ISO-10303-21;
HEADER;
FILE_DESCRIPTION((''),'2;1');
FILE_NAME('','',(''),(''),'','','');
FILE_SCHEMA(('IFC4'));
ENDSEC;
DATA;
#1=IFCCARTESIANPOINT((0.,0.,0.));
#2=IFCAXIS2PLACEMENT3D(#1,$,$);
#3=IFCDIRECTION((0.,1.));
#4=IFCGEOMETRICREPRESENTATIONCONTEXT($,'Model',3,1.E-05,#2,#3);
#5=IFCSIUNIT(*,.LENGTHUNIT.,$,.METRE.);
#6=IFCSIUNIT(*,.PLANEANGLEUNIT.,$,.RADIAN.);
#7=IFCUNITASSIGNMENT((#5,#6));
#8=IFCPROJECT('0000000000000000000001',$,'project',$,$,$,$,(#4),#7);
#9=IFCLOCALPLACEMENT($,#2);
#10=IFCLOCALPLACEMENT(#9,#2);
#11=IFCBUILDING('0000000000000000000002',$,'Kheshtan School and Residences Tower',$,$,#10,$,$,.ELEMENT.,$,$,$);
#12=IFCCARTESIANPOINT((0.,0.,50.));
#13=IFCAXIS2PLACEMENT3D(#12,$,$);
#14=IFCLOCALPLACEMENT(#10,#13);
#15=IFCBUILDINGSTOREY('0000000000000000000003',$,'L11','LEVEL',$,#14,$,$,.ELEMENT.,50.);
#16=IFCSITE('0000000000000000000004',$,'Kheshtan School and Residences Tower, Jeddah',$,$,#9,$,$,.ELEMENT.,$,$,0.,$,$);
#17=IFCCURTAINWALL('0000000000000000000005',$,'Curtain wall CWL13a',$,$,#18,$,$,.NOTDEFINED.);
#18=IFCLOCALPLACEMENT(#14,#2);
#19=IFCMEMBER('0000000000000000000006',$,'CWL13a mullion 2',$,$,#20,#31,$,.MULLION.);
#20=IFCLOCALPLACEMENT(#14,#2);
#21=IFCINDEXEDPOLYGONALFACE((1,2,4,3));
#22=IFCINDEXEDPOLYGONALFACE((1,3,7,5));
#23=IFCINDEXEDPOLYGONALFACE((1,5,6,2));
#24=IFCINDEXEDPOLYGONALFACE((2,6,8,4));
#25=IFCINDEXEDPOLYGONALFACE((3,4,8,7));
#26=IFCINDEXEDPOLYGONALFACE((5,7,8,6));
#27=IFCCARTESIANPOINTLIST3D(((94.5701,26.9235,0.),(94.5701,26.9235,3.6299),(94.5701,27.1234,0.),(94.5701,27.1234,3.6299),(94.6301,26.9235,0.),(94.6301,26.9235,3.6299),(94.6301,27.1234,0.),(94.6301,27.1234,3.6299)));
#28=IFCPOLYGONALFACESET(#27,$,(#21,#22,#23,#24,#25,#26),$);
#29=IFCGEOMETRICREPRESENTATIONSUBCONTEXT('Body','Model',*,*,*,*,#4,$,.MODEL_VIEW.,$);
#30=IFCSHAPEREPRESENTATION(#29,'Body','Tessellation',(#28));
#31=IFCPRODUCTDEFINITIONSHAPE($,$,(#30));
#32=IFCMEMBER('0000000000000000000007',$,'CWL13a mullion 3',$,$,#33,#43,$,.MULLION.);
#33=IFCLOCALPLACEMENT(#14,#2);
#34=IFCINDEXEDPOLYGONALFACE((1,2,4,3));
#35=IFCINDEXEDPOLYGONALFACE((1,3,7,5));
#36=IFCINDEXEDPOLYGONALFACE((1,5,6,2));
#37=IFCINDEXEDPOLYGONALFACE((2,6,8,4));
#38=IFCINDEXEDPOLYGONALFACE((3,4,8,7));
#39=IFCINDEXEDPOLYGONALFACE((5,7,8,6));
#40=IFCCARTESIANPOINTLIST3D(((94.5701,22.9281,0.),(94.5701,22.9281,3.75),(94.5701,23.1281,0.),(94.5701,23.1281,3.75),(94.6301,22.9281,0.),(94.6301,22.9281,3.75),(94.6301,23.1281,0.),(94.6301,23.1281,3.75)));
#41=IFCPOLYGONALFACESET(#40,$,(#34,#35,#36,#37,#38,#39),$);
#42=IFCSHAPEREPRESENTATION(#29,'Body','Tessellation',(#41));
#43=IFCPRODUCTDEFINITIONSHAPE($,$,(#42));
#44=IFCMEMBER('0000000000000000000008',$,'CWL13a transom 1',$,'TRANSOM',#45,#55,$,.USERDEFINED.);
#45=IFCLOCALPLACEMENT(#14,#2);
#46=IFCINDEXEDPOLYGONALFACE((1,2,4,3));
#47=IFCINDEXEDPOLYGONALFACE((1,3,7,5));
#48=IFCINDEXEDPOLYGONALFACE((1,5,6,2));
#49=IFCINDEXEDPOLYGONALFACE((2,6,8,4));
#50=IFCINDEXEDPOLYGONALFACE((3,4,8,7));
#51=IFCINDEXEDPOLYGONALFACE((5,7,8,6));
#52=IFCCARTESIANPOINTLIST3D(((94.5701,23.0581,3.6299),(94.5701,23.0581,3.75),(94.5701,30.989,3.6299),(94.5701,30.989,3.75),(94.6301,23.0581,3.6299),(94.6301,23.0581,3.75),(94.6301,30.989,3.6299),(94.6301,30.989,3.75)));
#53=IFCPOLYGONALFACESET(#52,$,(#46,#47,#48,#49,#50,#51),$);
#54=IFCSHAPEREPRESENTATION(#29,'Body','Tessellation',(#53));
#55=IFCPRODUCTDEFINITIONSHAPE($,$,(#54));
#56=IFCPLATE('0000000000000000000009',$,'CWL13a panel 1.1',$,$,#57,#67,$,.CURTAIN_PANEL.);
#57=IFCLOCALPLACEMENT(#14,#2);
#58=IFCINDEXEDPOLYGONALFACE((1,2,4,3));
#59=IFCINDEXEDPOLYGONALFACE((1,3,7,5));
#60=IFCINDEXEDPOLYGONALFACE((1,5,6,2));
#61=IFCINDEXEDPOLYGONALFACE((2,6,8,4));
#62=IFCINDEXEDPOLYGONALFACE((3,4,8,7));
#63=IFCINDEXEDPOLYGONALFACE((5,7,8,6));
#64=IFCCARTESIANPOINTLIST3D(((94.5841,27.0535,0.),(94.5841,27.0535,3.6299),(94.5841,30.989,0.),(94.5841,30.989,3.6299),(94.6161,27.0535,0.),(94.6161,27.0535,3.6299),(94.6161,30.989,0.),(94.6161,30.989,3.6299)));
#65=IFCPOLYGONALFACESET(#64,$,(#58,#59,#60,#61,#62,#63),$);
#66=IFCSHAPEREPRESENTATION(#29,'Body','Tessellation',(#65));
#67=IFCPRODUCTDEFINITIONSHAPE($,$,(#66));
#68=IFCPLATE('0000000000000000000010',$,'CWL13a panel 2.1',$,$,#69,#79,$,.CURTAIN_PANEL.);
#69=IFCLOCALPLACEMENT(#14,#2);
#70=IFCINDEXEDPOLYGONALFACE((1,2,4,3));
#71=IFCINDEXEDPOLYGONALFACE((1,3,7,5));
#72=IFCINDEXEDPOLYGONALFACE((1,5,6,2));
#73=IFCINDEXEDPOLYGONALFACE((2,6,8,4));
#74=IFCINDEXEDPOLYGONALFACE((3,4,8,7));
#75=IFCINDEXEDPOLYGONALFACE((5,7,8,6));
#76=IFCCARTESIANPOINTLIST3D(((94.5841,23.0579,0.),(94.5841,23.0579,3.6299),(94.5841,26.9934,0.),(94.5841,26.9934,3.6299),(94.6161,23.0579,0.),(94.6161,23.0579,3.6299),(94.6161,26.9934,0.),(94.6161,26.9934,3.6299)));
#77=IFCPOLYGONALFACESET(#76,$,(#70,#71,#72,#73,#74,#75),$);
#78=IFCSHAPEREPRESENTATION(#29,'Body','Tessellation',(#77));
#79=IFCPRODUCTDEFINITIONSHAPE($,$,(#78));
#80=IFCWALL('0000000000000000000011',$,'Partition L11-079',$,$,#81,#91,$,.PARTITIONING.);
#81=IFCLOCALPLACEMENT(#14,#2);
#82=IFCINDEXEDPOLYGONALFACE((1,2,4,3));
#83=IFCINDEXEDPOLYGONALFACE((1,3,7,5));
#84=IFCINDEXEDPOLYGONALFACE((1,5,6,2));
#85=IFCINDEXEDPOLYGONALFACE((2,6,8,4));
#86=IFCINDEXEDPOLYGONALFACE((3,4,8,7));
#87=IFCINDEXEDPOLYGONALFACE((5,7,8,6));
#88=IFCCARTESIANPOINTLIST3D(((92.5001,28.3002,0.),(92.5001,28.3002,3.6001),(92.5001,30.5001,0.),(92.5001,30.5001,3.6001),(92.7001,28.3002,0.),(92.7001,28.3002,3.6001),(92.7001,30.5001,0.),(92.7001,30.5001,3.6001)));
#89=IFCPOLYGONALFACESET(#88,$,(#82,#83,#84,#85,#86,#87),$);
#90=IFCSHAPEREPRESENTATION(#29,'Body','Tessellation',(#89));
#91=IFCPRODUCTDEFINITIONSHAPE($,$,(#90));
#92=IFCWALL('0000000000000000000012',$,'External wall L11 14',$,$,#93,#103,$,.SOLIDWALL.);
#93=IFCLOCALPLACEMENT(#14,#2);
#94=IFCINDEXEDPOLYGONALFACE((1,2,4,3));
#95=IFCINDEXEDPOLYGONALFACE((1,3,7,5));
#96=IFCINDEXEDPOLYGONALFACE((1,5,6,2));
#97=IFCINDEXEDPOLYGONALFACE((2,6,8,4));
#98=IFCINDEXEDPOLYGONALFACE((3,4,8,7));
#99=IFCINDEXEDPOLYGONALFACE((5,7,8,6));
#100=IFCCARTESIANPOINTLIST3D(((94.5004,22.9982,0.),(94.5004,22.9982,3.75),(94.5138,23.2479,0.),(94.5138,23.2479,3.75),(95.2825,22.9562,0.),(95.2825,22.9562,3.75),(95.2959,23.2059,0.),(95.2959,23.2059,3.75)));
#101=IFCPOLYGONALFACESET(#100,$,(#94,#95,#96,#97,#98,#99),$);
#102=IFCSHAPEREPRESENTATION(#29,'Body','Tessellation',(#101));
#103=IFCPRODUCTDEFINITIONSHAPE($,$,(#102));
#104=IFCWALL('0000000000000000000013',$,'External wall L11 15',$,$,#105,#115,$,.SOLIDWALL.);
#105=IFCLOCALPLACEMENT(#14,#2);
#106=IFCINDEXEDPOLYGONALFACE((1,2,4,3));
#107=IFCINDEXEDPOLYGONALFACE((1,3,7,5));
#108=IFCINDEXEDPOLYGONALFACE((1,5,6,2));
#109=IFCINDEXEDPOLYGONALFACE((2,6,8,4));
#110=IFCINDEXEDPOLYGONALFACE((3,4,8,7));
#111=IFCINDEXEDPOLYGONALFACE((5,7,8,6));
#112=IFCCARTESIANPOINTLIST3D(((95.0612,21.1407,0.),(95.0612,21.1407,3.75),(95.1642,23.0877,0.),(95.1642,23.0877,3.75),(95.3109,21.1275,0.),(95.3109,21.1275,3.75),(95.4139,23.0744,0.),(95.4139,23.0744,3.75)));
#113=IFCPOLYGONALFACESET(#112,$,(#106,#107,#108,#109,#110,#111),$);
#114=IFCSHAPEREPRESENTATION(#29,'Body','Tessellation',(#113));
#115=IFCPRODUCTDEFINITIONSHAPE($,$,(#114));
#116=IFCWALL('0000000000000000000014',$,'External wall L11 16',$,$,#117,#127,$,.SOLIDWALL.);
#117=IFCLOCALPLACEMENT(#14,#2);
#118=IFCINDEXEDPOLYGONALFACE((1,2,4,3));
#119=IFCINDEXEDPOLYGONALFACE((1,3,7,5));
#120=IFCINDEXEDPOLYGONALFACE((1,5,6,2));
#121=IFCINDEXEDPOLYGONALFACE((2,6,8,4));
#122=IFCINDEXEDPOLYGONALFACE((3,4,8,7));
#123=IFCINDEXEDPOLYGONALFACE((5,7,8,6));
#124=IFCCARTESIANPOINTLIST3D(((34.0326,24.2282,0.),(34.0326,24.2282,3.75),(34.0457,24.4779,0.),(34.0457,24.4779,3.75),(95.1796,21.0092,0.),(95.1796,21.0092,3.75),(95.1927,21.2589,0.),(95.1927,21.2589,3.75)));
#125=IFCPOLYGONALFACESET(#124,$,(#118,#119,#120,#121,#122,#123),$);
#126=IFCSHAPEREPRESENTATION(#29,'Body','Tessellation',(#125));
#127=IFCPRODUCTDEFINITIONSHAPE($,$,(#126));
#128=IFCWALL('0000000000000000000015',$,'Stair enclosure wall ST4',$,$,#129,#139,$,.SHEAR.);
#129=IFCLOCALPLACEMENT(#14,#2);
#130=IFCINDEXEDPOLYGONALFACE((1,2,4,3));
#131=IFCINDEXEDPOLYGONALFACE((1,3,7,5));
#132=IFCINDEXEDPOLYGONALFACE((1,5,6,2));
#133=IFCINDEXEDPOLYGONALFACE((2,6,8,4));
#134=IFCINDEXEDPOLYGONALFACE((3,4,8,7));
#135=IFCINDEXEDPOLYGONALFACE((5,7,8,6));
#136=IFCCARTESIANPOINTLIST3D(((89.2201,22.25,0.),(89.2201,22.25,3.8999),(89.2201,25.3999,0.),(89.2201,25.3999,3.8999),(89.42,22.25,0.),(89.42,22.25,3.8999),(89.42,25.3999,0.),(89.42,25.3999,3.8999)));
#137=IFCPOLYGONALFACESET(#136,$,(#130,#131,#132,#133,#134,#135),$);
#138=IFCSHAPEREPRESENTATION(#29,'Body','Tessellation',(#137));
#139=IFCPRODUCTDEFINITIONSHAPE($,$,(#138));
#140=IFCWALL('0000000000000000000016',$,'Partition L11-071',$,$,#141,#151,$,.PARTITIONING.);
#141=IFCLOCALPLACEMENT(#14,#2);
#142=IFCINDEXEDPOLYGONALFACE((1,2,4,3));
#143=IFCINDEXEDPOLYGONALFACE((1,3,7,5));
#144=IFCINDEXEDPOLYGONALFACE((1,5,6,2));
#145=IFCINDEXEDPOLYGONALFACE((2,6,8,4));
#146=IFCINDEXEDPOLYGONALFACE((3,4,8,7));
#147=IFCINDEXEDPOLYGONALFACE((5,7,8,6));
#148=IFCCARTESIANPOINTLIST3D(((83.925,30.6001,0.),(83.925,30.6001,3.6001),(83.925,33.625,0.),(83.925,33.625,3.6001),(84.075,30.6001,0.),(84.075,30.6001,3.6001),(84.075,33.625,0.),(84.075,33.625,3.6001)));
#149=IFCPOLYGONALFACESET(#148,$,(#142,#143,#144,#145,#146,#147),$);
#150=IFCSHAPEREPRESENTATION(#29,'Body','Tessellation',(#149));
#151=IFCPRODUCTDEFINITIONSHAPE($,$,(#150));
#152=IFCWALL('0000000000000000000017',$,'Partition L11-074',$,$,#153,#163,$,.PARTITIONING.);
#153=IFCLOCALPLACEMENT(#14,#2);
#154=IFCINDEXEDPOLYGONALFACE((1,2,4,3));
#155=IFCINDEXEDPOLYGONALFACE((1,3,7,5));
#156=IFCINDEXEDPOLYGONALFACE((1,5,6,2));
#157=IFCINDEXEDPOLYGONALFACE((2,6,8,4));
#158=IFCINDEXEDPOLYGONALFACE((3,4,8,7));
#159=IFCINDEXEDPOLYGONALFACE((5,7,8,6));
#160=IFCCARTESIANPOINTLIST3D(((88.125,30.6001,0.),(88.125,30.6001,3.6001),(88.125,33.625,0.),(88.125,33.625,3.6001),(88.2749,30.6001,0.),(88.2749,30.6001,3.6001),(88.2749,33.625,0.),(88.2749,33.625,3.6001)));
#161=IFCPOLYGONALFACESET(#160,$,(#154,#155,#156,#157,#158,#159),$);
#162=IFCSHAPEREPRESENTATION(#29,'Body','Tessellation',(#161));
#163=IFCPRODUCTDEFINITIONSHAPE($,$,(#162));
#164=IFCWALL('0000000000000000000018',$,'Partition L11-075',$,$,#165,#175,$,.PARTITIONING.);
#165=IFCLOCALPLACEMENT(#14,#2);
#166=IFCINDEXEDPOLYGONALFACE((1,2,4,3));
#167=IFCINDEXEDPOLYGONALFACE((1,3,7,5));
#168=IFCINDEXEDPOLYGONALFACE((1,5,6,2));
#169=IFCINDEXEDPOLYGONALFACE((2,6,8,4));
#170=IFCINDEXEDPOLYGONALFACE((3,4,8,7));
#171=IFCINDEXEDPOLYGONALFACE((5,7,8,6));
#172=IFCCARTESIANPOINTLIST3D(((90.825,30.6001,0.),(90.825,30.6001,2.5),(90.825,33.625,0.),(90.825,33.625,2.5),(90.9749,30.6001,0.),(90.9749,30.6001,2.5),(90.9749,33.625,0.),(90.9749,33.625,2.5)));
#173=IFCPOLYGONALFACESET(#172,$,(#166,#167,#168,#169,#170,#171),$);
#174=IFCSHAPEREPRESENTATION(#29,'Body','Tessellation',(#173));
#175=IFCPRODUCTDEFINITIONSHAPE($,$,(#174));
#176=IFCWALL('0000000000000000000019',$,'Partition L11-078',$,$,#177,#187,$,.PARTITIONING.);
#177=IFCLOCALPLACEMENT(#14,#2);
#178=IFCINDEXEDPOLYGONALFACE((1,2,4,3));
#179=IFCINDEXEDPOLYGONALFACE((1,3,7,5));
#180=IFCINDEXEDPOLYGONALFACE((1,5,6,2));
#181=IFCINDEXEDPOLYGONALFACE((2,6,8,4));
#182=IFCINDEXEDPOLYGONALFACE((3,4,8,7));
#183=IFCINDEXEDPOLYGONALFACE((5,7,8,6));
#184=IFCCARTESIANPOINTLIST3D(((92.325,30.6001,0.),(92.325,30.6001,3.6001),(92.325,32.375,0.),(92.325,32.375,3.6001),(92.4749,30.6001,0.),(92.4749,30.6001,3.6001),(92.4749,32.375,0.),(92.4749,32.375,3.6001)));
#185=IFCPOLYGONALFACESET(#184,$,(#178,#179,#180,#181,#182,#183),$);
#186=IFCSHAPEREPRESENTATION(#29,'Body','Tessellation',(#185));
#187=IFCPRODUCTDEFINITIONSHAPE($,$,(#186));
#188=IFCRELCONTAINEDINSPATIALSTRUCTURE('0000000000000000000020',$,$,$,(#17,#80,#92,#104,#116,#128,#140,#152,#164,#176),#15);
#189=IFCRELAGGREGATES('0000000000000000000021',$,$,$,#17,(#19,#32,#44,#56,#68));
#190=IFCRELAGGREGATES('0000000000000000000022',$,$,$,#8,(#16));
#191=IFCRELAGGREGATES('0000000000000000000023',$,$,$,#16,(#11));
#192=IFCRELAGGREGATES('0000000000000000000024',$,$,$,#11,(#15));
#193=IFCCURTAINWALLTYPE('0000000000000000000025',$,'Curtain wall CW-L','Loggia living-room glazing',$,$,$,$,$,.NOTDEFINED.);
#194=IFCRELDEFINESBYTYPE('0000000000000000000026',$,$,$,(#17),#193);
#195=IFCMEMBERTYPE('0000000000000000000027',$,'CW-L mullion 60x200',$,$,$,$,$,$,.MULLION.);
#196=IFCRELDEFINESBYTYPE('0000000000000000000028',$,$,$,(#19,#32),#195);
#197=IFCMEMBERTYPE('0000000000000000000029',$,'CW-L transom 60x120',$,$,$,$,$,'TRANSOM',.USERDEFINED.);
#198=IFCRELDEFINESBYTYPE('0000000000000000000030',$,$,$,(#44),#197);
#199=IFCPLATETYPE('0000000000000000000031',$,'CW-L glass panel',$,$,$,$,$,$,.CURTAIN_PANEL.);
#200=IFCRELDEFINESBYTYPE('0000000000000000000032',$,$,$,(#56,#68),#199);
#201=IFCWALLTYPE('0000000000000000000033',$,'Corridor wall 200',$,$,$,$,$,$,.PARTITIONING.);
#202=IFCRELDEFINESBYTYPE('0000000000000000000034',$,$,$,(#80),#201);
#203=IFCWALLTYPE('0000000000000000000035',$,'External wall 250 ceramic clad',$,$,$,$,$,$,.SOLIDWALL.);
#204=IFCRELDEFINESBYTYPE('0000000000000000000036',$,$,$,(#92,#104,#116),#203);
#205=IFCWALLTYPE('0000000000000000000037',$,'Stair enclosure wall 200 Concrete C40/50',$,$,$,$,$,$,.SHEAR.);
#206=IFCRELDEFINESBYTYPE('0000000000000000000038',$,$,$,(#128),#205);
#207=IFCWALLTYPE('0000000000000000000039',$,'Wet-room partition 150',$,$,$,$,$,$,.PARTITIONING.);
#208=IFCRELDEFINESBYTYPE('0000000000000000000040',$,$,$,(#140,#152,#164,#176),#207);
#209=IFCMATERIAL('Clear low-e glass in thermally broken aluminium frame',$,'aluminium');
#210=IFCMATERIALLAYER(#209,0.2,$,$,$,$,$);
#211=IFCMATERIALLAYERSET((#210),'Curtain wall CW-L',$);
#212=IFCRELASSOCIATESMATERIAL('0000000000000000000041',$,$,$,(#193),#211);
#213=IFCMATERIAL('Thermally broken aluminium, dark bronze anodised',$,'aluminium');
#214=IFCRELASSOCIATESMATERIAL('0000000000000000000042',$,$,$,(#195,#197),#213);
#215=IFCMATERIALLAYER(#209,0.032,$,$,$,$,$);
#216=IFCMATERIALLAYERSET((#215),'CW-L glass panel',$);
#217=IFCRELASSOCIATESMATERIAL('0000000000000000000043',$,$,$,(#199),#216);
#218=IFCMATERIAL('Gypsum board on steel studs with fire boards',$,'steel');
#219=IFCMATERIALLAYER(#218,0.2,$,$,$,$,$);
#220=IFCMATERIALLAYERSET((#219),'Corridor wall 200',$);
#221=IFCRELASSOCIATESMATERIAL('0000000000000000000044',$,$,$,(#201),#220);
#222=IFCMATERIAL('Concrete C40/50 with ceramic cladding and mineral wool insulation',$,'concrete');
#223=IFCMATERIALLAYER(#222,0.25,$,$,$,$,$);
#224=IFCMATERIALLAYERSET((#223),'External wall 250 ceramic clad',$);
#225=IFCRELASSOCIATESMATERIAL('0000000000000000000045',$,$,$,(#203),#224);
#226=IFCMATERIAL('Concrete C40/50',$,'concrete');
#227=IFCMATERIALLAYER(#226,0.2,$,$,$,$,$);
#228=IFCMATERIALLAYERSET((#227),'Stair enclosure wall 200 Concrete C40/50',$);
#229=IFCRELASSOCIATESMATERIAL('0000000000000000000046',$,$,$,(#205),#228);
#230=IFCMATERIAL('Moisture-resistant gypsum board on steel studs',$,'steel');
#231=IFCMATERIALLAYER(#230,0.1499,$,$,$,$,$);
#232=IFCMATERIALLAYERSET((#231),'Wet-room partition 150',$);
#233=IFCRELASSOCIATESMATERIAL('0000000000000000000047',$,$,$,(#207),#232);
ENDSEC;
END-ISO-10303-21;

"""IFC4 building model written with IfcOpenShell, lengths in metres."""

from ifc_helpers import new_model, si_unit, direction, frame, frame_2d, origin, origin_2d, place, context, subcontext, project, spatial, rectangle, extrude, material, layer, layer_set, material_profile, profile_set, type_object, element, aggregate, save


model = new_model("IFC4")

# Units and contexts
model_context = context("Model", 3, precision=1e-05, world=origin(), true_north=direction((0.0, 1.0)))
body_context = subcontext(model_context, "Body", "Model", "MODEL_VIEW")
ifc_project = project(units=[si_unit("LENGTHUNIT", "METRE"), si_unit("PLANEANGLEUNIT", "RADIAN")], contexts=[model_context])

# Site, building, storey
site_placement = place(None, origin())
site = spatial("IfcSite", under=ifc_project, at=site_placement, Name="Kheshtan School and Residences Tower, Jeddah", CompositionType="ELEMENT", RefElevation=0.0)
building_placement = place(site_placement, origin())
building = spatial("IfcBuilding", under=site, at=building_placement, Name="Kheshtan School and Residences Tower", CompositionType="ELEMENT")
storey_placement = place(building_placement, frame((0.0, 0.0, 50.0)))
storey = spatial("IfcBuildingStorey", under=building, at=storey_placement, Name="L11", Description="LEVEL", CompositionType="ELEMENT", Elevation=50.0)

# Curtain wall, members, plates
ifc_material_1 = material(Name="Clear low-e glass in thermally broken aluminium frame", Category="aluminium")
ifc_layer_1 = layer(ifc_material_1, 0.2)
ifc_layer_set_1 = layer_set([ifc_layer_1], Name="Curtain wall CW-L")
curtain_wall_type = type_object("IfcCurtainWallType", Name="Curtain wall CW-L", Description="Loggia living-room glazing", PredefinedType="NOTDEFINED", material=ifc_layer_set_1)
curtain_wall_placement = place(storey_placement, origin())
curtain_wall = element("IfcCurtainWall", 1, at=curtain_wall_placement, inside=storey, type_object=curtain_wall_type, Name="Curtain wall CWL13a", PredefinedType="NOTDEFINED")
ifc_material_2 = material(Name="Thermally broken aluminium, dark bronze anodised", Category="aluminium")
ifc_material_profile_1 = material_profile(ifc_material_2, rectangle(XDim=0.0601, YDim=0.2, at=origin_2d()), Name="CW-L mullion 60x200")
ifc_profile_set_1 = profile_set([ifc_material_profile_1], Name="Thermally broken aluminium, dark bronze anodised")
member_type_1 = type_object("IfcMemberType", Name="CW-L mullion 60x200", PredefinedType="MULLION", material=ifc_profile_set_1)
member_1_placement = place(storey_placement, frame((94.6001, 27.0234, 0.0), z_axis=(0.0, 0.0, 1.0), x_axis=(1.0, 0.0, 0.0)))
member_1 = element("IfcMember", 2, at=member_1_placement, type_object=member_type_1, Name="CWL13a mullion 2", PredefinedType="MULLION", context=body_context, shape_type="SweptSolid", body=[
    extrude(rectangle(XDim=0.0601, YDim=0.2, at=origin_2d()), origin(), (0.0, 0.0, 1.0), 3.6299),
])
member_2_placement = place(storey_placement, frame((94.6001, 23.0281, 0.0), z_axis=(0.0, 0.0, 1.0), x_axis=(1.0, 0.0, 0.0)))
member_2 = element("IfcMember", 3, at=member_2_placement, type_object=member_type_1, Name="CWL13a mullion 3", PredefinedType="MULLION", context=body_context, shape_type="SweptSolid", body=[
    extrude(rectangle(XDim=0.0601, YDim=0.2, at=origin_2d()), origin(), (0.0, 0.0, 1.0), 3.75),
])
ifc_material_profile_2 = material_profile(ifc_material_2, rectangle(XDim=0.0601, YDim=0.1201, at=origin_2d()), Name="CW-L transom 60x120")
ifc_profile_set_2 = profile_set([ifc_material_profile_2], Name="Thermally broken aluminium, dark bronze anodised")
member_type_2 = type_object("IfcMemberType", Name="CW-L transom 60x120", ElementType="TRANSOM", PredefinedType="USERDEFINED", material=ifc_profile_set_2)
member_3_placement = place(storey_placement, frame((94.6001, 30.989, 3.6899), z_axis=(0.0, -1.0, 0.0), x_axis=(1.0, 0.0, 0.0)))
member_3 = element("IfcMember", 4, at=member_3_placement, type_object=member_type_2, Name="CWL13a transom 1", ObjectType="TRANSOM", PredefinedType="USERDEFINED", context=body_context, shape_type="SweptSolid", body=[
    extrude(rectangle(XDim=0.0601, YDim=0.1201, at=origin_2d()), origin(), (0.0, 0.0, 1.0), 7.9309),
])
ifc_layer_2 = layer(ifc_material_1, 0.032)
ifc_layer_set_2 = layer_set([ifc_layer_2], Name="CW-L glass panel")
plate_type = type_object("IfcPlateType", Name="CW-L glass panel", PredefinedType="CURTAIN_PANEL", material=ifc_layer_set_2)
plate_1_placement = place(storey_placement, frame((94.6001, 29.0212, 0.0), z_axis=(0.0, 0.0, 1.0), x_axis=(0.0, -1.0, 0.0)))
plate_1 = element("IfcPlate", 5, at=plate_1_placement, type_object=plate_type, Name="CWL13a panel 1.1", PredefinedType="CURTAIN_PANEL", context=body_context, shape_type="SweptSolid", body=[
    extrude(rectangle(XDim=3.9355, YDim=0.032, at=origin_2d()), origin(), (0.0, 0.0, 1.0), 3.6299),
])
plate_2_placement = place(storey_placement, frame((94.6001, 25.0256, 0.0), z_axis=(0.0, 0.0, 1.0), x_axis=(0.0, -1.0, 0.0)))
plate_2 = element("IfcPlate", 6, at=plate_2_placement, type_object=plate_type, Name="CWL13a panel 2.1", PredefinedType="CURTAIN_PANEL", context=body_context, shape_type="SweptSolid", body=[
    extrude(rectangle(XDim=3.9355, YDim=0.032, at=origin_2d()), origin(), (0.0, 0.0, 1.0), 3.6299),
])
aggregate(curtain_wall, [member_1, member_2, member_3, plate_1, plate_2])

# Walls
ifc_material_3 = material(Name="Gypsum board on steel studs with fire boards", Category="steel")
ifc_layer_3 = layer(ifc_material_3, 0.2)
ifc_layer_set_3 = layer_set([ifc_layer_3], Name="Corridor wall 200")
wall_type_1 = type_object("IfcWallType", Name="Corridor wall 200", PredefinedType="PARTITIONING", material=ifc_layer_set_3)
wall_1_placement = place(storey_placement, frame((92.6001, 28.3, 0.0), z_axis=(0.0, 0.0, 1.0), x_axis=(0.0, 1.0, 0.0)))
element("IfcWall", 7, at=wall_1_placement, inside=storey, type_object=wall_type_1, Name="Partition L11-079", PredefinedType="PARTITIONING", context=body_context, shape_type="SweptSolid", body=[
    extrude(rectangle(XDim=2.2, YDim=0.2, at=frame_2d((1.1001, 0.0))), origin(), (0.0, 0.0, 1.0), 3.6001),
])
ifc_material_4 = material(Name="Concrete C40/50 with ceramic cladding and mineral wool insulation", Category="concrete")
ifc_layer_4 = layer(ifc_material_4, 0.25)
ifc_layer_set_4 = layer_set([ifc_layer_4], Name="External wall 250 ceramic clad")
wall_type_2 = type_object("IfcWallType", Name="External wall 250 ceramic clad", PredefinedType="SOLIDWALL", material=ifc_layer_set_4)
wall_2_placement = place(storey_placement, frame((94.5071, 23.123, 0.0), z_axis=(0.0, 0.0, 1.0), x_axis=(0.998561, -0.053622, 0.0)))
element("IfcWall", 8, at=wall_2_placement, inside=storey, type_object=wall_type_2, Name="External wall L11 14", PredefinedType="SOLIDWALL", context=body_context, shape_type="SweptSolid", body=[
    extrude(rectangle(XDim=0.7832, YDim=0.25, at=frame_2d((0.3916, 0.0))), origin(), (0.0, 0.0, 1.0), 3.75),
])
wall_3_placement = place(storey_placement, frame((95.2891, 23.0811, 0.0), z_axis=(0.0, 0.0, 1.0), x_axis=(-0.052841, -0.998603, 0.0)))
element("IfcWall", 9, at=wall_3_placement, inside=storey, type_object=wall_type_2, Name="External wall L11 15", PredefinedType="SOLIDWALL", context=body_context, shape_type="SweptSolid", body=[
    extrude(rectangle(XDim=1.9497, YDim=0.25, at=frame_2d((0.9749, 0.0))), origin(), (0.0, 0.0, 1.0), 3.75),
])
wall_4_placement = place(storey_placement, frame((95.186, 21.134, 0.0), z_axis=(0.0, 0.0, 1.0), x_axis=(-0.998617, 0.052571, 0.0)))
element("IfcWall", 10, at=wall_4_placement, inside=storey, type_object=wall_type_2, Name="External wall L11 16", PredefinedType="SOLIDWALL", context=body_context, shape_type="SweptSolid", body=[
    extrude(rectangle(XDim=61.2317, YDim=0.25, at=frame_2d((30.6157, 0.0))), origin(), (0.0, 0.0, 1.0), 3.75),
])
ifc_material_5 = material(Name="Concrete C40/50", Category="concrete")
ifc_layer_5 = layer(ifc_material_5, 0.2)
ifc_layer_set_5 = layer_set([ifc_layer_5], Name="Stair enclosure wall 200 Concrete C40/50")
wall_type_3 = type_object("IfcWallType", Name="Stair enclosure wall 200 Concrete C40/50", PredefinedType="SHEAR", material=ifc_layer_set_5)
wall_5_placement = place(storey_placement, frame((89.3201, 22.25, 0.0), z_axis=(0.0, 0.0, 1.0), x_axis=(0.0, 1.0, 0.0)))
element("IfcWall", 11, at=wall_5_placement, inside=storey, type_object=wall_type_3, Name="Stair enclosure wall ST4", PredefinedType="SHEAR", context=body_context, shape_type="SweptSolid", body=[
    extrude(rectangle(XDim=3.1499, YDim=0.2, at=frame_2d((1.575, 0.0))), origin(), (0.0, 0.0, 1.0), 3.8999),
])
ifc_material_6 = material(Name="Moisture-resistant gypsum board on steel studs", Category="steel")
ifc_layer_6 = layer(ifc_material_6, 0.1499)
ifc_layer_set_6 = layer_set([ifc_layer_6], Name="Wet-room partition 150")
wall_type_4 = type_object("IfcWallType", Name="Wet-room partition 150", PredefinedType="PARTITIONING", material=ifc_layer_set_6)
for number, where, z_axis, x_axis, name in (
    (12, (84.0, 30.6001, 0.0), (0.0, 0.0, 1.0), (0.0, 1.0, 0.0), "Partition L11-071"),
    (13, (88.2, 30.6001, 0.0), (0.0, 0.0, 1.0), (0.0, 1.0, 0.0), "Partition L11-074"),
):
    element("IfcWall", number, at=place(storey_placement, frame(where, z_axis=z_axis, x_axis=x_axis)), inside=storey, type_object=wall_type_4, Name=name, PredefinedType="PARTITIONING", context=body_context, shape_type="SweptSolid", body=[
        extrude(rectangle(XDim=3.0249, YDim=0.1499, at=frame_2d((1.5125, 0.0))), origin(), (0.0, 0.0, 1.0), 3.6001),
    ])
wall_6_placement = place(storey_placement, frame((90.8999, 30.6001, 0.0), z_axis=(0.0, 0.0, 1.0), x_axis=(0.0, 1.0, 0.0)))
element("IfcWall", 14, at=wall_6_placement, inside=storey, type_object=wall_type_4, Name="Partition L11-075", PredefinedType="PARTITIONING", context=body_context, shape_type="SweptSolid", body=[
    extrude(rectangle(XDim=3.0249, YDim=0.1499, at=frame_2d((1.5125, 0.0))), origin(), (0.0, 0.0, 1.0), 2.5),
])
wall_7_placement = place(storey_placement, frame((92.3999, 30.6001, 0.0), z_axis=(0.0, 0.0, 1.0), x_axis=(0.0, 1.0, 0.0)))
element("IfcWall", 15, at=wall_7_placement, inside=storey, type_object=wall_type_4, Name="Partition L11-078", PredefinedType="PARTITIONING", context=body_context, shape_type="SweptSolid", body=[
    extrude(rectangle(XDim=1.7749, YDim=0.1499, at=frame_2d((0.8875, 0.0))), origin(), (0.0, 0.0, 1.0), 3.6001),
])

save(model, "model.ifc")
